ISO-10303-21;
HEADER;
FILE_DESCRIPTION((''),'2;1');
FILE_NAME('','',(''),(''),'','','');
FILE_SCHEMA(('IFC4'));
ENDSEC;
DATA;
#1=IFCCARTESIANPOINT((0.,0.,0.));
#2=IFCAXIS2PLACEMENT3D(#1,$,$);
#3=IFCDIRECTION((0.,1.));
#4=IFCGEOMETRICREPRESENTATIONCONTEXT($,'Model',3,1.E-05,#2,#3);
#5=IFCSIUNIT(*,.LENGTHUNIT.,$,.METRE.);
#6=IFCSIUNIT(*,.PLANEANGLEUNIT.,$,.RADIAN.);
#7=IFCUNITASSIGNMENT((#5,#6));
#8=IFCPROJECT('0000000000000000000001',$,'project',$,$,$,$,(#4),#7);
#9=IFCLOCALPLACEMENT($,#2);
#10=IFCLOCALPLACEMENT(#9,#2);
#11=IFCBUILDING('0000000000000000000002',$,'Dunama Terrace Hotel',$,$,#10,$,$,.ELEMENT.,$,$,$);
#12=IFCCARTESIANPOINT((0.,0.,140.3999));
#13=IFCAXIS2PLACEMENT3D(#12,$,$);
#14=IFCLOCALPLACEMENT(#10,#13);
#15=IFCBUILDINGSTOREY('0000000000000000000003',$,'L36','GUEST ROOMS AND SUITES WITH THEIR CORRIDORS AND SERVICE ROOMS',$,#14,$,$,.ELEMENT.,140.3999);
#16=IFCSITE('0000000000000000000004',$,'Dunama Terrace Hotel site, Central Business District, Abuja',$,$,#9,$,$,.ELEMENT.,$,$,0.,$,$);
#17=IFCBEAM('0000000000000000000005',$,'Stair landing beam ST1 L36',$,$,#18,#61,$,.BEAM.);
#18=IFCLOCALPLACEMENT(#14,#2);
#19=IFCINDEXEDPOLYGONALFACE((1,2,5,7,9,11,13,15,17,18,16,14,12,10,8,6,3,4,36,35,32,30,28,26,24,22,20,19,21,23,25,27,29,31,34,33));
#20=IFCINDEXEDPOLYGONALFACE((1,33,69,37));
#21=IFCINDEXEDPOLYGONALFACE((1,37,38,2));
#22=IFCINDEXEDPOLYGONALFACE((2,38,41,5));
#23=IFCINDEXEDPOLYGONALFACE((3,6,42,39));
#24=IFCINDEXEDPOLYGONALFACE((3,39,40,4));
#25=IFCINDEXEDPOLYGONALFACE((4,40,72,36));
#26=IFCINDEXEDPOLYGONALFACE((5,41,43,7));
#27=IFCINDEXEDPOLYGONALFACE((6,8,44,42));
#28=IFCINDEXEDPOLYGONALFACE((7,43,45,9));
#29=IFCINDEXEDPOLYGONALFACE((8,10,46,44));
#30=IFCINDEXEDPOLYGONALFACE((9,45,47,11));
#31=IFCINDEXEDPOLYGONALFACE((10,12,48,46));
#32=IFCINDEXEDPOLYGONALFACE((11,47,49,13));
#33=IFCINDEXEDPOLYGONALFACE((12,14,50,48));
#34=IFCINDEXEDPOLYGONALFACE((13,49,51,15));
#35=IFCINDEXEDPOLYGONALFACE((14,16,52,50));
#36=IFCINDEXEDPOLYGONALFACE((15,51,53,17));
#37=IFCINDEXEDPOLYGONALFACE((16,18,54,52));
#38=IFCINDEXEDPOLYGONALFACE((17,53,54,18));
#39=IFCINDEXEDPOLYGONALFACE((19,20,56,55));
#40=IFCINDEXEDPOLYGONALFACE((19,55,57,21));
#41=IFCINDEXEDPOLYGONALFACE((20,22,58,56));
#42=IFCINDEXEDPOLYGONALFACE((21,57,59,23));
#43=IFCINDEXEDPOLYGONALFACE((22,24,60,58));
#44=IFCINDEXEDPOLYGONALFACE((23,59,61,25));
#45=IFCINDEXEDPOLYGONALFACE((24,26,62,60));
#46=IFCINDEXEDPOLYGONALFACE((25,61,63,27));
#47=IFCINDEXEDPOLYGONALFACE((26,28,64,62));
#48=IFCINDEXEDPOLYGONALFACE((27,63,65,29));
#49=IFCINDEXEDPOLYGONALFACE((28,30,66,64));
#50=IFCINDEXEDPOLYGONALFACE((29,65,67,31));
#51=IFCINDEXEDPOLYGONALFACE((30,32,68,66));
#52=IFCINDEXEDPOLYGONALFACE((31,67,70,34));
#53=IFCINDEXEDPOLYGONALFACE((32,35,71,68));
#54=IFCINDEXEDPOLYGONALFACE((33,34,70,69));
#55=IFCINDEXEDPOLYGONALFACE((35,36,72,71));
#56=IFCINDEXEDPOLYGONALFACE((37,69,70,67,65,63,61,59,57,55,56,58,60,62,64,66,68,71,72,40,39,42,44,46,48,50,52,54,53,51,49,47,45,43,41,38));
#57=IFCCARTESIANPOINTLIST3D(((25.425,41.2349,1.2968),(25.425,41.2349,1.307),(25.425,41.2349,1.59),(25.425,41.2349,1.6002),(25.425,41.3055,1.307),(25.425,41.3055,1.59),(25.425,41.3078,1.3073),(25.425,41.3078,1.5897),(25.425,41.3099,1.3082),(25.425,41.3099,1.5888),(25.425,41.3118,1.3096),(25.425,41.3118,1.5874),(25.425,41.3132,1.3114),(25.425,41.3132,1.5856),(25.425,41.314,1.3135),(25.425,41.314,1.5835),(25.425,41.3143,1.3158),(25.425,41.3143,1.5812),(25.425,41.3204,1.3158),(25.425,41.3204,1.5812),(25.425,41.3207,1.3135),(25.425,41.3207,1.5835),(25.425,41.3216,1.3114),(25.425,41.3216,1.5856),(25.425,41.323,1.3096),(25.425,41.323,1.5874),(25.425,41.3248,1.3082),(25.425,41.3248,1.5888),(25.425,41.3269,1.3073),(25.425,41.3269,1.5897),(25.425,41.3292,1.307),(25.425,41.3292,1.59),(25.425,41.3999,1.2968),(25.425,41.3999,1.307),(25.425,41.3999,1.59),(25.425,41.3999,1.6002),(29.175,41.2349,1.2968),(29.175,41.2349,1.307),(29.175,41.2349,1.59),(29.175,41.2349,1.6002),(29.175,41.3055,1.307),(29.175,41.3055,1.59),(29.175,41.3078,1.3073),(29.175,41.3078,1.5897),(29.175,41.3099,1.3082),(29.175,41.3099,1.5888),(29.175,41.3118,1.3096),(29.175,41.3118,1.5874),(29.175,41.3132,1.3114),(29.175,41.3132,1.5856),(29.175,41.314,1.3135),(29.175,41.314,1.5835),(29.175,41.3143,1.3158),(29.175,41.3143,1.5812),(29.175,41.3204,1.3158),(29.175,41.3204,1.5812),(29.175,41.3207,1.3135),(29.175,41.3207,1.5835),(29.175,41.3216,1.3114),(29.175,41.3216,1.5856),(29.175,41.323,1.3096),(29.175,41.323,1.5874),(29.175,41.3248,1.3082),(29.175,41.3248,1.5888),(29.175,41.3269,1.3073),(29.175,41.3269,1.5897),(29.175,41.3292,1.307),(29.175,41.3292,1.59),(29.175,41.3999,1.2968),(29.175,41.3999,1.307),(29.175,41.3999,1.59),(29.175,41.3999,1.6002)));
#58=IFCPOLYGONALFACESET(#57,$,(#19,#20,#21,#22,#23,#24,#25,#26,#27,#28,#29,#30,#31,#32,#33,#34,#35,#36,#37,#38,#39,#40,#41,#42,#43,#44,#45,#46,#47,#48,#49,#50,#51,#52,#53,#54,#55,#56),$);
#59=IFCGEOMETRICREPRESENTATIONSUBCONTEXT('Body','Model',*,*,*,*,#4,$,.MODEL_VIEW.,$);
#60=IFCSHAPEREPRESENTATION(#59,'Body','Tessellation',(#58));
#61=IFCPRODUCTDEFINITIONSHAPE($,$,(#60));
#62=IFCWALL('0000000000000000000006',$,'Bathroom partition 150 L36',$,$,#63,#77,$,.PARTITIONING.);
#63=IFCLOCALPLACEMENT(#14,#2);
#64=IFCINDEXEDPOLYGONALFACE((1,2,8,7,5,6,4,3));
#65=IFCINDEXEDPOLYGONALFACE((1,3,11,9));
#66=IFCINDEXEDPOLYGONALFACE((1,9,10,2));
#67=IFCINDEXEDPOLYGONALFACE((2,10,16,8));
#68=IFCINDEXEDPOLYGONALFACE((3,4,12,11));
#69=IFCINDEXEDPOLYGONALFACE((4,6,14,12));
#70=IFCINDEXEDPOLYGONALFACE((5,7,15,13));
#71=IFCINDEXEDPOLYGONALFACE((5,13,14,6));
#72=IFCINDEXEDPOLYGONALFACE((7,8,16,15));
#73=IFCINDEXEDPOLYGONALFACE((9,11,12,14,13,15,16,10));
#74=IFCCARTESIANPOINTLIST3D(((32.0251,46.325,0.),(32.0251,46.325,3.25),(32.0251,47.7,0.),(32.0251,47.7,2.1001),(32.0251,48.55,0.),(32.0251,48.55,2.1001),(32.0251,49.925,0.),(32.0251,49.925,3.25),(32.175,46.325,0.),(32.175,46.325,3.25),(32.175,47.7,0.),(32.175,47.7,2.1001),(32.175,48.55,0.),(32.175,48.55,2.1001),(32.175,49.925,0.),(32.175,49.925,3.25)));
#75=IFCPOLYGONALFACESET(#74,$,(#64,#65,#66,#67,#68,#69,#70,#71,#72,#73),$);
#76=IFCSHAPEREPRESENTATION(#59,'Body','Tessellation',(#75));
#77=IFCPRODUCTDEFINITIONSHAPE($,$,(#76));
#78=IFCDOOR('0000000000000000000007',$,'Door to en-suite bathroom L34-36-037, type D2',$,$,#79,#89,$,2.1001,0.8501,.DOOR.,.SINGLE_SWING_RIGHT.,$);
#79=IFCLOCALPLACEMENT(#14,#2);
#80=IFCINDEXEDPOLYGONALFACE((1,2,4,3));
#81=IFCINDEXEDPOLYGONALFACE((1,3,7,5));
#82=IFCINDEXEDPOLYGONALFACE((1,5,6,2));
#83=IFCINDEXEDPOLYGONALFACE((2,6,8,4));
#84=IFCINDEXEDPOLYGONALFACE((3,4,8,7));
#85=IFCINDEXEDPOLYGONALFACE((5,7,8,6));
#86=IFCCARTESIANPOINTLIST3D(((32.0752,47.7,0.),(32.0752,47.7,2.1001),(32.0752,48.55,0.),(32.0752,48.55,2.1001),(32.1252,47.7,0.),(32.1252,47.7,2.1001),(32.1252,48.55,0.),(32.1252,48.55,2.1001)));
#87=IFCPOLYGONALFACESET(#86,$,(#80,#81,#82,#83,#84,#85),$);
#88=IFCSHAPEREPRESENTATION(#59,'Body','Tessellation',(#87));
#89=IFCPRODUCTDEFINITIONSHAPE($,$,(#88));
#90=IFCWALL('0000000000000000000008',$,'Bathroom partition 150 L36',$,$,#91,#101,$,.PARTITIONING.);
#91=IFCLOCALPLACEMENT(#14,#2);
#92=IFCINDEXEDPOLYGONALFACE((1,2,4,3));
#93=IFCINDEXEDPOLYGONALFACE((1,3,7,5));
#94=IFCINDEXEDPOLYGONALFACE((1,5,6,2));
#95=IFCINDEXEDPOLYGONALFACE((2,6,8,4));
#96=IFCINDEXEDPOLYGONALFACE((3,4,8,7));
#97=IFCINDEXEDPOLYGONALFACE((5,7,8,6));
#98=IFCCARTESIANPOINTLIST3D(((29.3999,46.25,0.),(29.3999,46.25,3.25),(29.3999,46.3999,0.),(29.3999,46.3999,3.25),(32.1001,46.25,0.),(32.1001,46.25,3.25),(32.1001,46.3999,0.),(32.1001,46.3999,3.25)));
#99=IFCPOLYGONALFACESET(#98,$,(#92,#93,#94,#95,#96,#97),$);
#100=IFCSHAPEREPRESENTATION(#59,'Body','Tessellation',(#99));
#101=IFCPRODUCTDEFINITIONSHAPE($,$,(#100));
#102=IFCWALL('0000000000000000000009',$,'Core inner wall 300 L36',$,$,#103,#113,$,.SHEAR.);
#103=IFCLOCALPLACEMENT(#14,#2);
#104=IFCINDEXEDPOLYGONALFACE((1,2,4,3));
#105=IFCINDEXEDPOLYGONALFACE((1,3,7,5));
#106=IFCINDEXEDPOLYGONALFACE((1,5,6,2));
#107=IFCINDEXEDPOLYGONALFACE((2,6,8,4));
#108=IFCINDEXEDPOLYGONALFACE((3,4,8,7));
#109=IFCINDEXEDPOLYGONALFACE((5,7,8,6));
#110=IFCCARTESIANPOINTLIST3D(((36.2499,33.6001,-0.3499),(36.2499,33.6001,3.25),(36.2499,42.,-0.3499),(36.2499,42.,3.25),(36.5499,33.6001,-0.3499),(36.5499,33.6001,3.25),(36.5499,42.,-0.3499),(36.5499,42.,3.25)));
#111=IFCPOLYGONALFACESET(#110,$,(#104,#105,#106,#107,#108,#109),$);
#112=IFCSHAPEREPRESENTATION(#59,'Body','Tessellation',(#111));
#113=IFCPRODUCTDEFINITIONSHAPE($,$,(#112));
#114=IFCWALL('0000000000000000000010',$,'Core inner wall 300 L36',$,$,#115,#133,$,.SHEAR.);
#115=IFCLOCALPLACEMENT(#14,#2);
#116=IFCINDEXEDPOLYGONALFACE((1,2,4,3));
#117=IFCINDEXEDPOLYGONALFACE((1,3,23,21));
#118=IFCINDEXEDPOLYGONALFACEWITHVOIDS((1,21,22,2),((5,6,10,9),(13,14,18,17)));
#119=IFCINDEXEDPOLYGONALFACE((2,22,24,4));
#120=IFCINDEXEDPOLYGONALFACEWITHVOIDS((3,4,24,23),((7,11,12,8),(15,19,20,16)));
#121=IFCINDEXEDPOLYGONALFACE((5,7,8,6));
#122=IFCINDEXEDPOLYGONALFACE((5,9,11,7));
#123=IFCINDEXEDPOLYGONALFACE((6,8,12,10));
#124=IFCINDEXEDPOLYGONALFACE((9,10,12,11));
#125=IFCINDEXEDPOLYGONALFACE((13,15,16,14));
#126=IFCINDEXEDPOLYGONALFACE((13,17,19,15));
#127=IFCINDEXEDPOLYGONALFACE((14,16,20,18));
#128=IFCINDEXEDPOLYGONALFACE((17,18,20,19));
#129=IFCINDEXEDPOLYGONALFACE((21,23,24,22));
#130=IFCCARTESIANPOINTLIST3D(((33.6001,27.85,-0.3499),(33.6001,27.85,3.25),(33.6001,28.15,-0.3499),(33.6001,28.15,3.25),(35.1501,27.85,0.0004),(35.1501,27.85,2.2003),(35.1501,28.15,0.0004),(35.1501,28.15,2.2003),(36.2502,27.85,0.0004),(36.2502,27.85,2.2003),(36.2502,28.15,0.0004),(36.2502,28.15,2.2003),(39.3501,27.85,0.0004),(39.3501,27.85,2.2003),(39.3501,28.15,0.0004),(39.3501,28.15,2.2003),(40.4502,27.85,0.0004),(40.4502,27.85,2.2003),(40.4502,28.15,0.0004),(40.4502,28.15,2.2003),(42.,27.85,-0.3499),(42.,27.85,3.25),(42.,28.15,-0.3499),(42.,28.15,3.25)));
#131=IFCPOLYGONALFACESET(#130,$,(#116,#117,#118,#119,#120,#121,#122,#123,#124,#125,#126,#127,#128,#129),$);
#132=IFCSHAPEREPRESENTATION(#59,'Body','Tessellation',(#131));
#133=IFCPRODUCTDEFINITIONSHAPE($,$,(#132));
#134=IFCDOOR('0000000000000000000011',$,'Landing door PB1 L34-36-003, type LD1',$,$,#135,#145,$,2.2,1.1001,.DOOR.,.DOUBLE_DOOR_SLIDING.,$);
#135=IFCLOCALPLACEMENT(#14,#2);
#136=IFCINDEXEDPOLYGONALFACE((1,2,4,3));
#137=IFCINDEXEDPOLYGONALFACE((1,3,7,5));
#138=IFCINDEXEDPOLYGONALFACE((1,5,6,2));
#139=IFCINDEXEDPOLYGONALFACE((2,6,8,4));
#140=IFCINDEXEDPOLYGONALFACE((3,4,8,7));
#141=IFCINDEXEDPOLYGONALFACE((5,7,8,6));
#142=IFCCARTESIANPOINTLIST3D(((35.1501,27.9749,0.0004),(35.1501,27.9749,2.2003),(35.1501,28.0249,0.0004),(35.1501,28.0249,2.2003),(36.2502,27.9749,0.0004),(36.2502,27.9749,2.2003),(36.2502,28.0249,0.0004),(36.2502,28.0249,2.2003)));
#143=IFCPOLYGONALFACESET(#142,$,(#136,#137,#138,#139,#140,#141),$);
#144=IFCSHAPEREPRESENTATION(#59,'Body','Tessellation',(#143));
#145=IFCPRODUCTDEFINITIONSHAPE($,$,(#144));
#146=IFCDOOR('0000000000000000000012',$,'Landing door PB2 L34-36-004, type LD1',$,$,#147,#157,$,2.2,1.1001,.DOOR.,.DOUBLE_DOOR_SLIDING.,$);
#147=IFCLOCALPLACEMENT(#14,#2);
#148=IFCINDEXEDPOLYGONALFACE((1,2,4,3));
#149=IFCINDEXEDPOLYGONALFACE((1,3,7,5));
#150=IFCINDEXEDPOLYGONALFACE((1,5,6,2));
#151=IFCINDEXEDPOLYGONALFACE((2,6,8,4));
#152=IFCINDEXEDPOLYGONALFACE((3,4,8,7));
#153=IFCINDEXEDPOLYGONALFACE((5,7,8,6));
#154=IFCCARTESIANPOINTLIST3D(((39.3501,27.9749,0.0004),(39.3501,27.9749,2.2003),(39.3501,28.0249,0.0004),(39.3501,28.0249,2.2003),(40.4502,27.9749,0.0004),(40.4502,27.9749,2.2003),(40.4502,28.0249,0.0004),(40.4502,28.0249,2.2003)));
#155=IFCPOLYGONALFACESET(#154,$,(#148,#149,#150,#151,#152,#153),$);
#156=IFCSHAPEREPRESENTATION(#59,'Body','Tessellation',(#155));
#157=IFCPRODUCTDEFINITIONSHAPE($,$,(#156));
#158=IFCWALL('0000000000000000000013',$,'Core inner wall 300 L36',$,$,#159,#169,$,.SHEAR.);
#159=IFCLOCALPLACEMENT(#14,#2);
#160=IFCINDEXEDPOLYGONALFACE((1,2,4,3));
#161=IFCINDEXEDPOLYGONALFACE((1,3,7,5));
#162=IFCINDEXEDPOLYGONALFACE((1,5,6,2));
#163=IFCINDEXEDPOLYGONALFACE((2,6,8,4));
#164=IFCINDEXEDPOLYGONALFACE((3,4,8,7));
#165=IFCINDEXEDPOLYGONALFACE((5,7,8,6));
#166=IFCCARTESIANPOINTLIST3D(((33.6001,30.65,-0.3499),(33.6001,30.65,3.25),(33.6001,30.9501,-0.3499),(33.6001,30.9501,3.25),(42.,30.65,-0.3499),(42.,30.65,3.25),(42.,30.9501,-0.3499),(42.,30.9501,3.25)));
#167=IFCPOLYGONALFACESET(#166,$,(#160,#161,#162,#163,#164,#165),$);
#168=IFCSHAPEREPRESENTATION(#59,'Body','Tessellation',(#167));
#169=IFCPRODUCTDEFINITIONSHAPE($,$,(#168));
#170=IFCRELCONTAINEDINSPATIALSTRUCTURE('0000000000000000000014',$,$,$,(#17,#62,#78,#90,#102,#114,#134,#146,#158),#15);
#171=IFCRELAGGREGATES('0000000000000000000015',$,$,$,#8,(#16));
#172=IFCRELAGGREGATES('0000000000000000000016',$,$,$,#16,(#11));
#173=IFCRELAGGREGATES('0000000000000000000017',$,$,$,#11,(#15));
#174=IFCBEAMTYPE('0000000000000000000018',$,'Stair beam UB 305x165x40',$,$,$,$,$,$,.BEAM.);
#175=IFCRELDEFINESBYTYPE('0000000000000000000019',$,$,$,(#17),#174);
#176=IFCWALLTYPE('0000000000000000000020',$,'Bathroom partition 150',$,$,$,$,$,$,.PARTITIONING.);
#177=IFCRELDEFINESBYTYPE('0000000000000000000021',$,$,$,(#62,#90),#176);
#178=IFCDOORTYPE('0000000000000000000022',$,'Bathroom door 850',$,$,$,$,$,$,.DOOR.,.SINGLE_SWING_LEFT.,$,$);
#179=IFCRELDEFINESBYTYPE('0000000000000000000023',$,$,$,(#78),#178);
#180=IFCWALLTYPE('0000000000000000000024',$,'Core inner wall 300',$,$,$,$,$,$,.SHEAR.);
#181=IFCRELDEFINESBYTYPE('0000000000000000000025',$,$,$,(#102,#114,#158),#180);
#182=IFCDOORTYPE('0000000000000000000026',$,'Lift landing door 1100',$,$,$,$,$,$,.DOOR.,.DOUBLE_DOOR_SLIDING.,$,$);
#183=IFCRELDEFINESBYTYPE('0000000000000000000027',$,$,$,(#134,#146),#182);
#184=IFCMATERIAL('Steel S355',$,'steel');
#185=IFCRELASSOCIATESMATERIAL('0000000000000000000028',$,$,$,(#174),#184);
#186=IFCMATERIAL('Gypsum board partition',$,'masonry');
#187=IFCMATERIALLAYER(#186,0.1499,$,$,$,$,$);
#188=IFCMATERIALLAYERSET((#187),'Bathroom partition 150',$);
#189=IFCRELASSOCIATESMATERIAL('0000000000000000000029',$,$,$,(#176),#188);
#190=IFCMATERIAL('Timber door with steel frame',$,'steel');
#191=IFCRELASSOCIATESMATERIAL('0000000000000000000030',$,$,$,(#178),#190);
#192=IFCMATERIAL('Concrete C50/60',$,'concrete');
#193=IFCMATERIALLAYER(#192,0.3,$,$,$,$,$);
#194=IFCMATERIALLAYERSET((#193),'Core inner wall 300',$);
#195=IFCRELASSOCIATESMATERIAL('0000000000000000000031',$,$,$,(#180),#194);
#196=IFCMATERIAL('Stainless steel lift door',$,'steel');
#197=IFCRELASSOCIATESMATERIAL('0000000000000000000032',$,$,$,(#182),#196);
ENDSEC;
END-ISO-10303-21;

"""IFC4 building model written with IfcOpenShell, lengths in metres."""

from ifc_helpers import new_model, si_unit, direction, frame, frame_2d, origin, origin_2d, place, context, subcontext, project, spatial, rectangle, i_section, extrude, material, layer, layer_set, material_profile, profile_set, type_object, element, fill, save


model = new_model("IFC4")

# Units and contexts
model_context = context("Model", 3, precision=1e-05, world=origin(), true_north=direction((0.0, 1.0)))
body_context = subcontext(model_context, "Body", "Model", "MODEL_VIEW")
ifc_project = project(units=[si_unit("LENGTHUNIT", "METRE"), si_unit("PLANEANGLEUNIT", "RADIAN")], contexts=[model_context])

# Site, building, storey
site_placement = place(None, origin())
site = spatial("IfcSite", under=ifc_project, at=site_placement, Name="Dunama Terrace Hotel site, Central Business District, Abuja", CompositionType="ELEMENT", RefElevation=0.0)
building_placement = place(site_placement, origin())
building = spatial("IfcBuilding", under=site, at=building_placement, Name="Dunama Terrace Hotel", CompositionType="ELEMENT")
storey_placement = place(building_placement, frame((0.0, 0.0, 140.3999)))
storey = spatial("IfcBuildingStorey", under=building, at=storey_placement, Name="L36", Description="GUEST ROOMS AND SUITES WITH THEIR CORRIDORS AND SERVICE ROOMS", CompositionType="ELEMENT", Elevation=140.3999)

# Beam
ifc_material_1 = material(Name="Steel S355", Category="steel")
ifc_material_profile = material_profile(ifc_material_1, i_section(OverallWidth=0.165, OverallDepth=0.3035, WebThickness=0.0061, FlangeThickness=0.0103, FilletRadius=0.0088, at=origin_2d()), Name="UB 305x165x40")
ifc_profile_set = profile_set([ifc_material_profile], Name="Steel S355")
beam_type = type_object("IfcBeamType", Name="Stair beam UB 305x165x40", PredefinedType="BEAM", material=ifc_profile_set)
beam_placement = place(storey_placement, frame((25.425, 41.3174, 1.4485), z_axis=(1.0, 0.0, 0.0), x_axis=(0.0, 1.0, 0.0)))
element("IfcBeam", 1, at=beam_placement, inside=storey, type_object=beam_type, Name="Stair landing beam ST1 L36", PredefinedType="BEAM", context=body_context, shape_type="SweptSolid", body=[
    extrude(i_section(OverallWidth=0.165, OverallDepth=0.3035, WebThickness=0.0061, FlangeThickness=0.0103, FilletRadius=0.0088, at=origin_2d()), origin(), (0.0, 0.0, 1.0), 3.75),
])

# Wall, opening, door
ifc_material_2 = material(Name="Gypsum board partition", Category="masonry")
ifc_layer_1 = layer(ifc_material_2, 0.1499)
ifc_layer_set_1 = layer_set([ifc_layer_1], Name="Bathroom partition 150")
wall_type_1 = type_object("IfcWallType", Name="Bathroom partition 150", PredefinedType="PARTITIONING", material=ifc_layer_set_1)
wall_1_placement = place(storey_placement, frame((32.1001, 46.325, 0.0), z_axis=(0.0, 0.0, 1.0), x_axis=(0.0, 1.0, 0.0)))
wall_1 = element("IfcWall", 2, at=wall_1_placement, inside=storey, type_object=wall_type_1, Name="Bathroom partition 150 L36", PredefinedType="PARTITIONING", context=body_context, shape_type="SweptSolid", body=[
    extrude(rectangle(XDim=3.6001, YDim=0.1499, at=frame_2d((1.8, 0.0))), origin(), (0.0, 0.0, 1.0), 3.25),
])
opening_1_placement = place(wall_1_placement, frame((1.375, 0.0, 0.0)))
opening_1 = element("IfcOpeningElement", 3, at=opening_1_placement, cuts=wall_1, PredefinedType="OPENING", context=body_context, shape_type="SweptSolid", body=[
    extrude(rectangle(XDim=0.8501, YDim=2.1001, at=frame_2d((0.425, 1.05))), frame((0.0, 0.085, 0.0), z_axis=(0.0, -1.0, 0.0), x_axis=(1.0, 0.0, 0.0)), (0.0, 0.0, 1.0), 0.1699),
])
ifc_material_3 = material(Name="Timber door with steel frame", Category="steel")
door_type_1 = type_object("IfcDoorType", Name="Bathroom door 850", OperationType="SINGLE_SWING_LEFT", PredefinedType="DOOR", material=ifc_material_3)
door_1_placement = place(opening_1_placement, origin())
door_1 = element("IfcDoor", 4, at=door_1_placement, inside=storey, type_object=door_type_1, Name="Door to en-suite bathroom L34-36-037, type D2", OperationType="SINGLE_SWING_RIGHT", OverallHeight=2.1001, OverallWidth=0.8501, PredefinedType="DOOR", context=body_context, shape_type="SweptSolid", body=[
    extrude(rectangle(XDim=0.8501, YDim=2.1001, at=frame_2d((0.425, 1.05))), frame((0.0, 0.0249, 0.0), z_axis=(0.0, -1.0, 0.0), x_axis=(1.0, 0.0, 0.0)), (0.0, 0.0, 1.0), 0.05),
])
fill(opening_1, door_1)

# Walls
wall_2_placement = place(storey_placement, frame((29.3999, 46.325, 0.0), z_axis=(0.0, 0.0, 1.0), x_axis=(1.0, 0.0, 0.0)))
element("IfcWall", 5, at=wall_2_placement, inside=storey, type_object=wall_type_1, Name="Bathroom partition 150 L36", PredefinedType="PARTITIONING", context=body_context, shape_type="SweptSolid", body=[
    extrude(rectangle(XDim=2.7002, YDim=0.1499, at=frame_2d((1.3501, 0.0))), origin(), (0.0, 0.0, 1.0), 3.25),
])
ifc_material_4 = material(Name="Concrete C50/60", Category="concrete")
ifc_layer_2 = layer(ifc_material_4, 0.3)
ifc_layer_set_2 = layer_set([ifc_layer_2], Name="Core inner wall 300")
wall_type_2 = type_object("IfcWallType", Name="Core inner wall 300", PredefinedType="SHEAR", material=ifc_layer_set_2)
wall_3_placement = place(storey_placement, frame((36.3999, 33.6001, -0.3499), z_axis=(0.0, 0.0, 1.0), x_axis=(0.0, 1.0, 0.0)))
element("IfcWall", 6, at=wall_3_placement, inside=storey, type_object=wall_type_2, Name="Core inner wall 300 L36", PredefinedType="SHEAR", context=body_context, shape_type="SweptSolid", body=[
    extrude(rectangle(XDim=8.3999, YDim=0.3, at=frame_2d((4.2, 0.0))), origin(), (0.0, 0.0, 1.0), 3.5999),
])

# Wall, openings, doors
wall_4_placement = place(storey_placement, frame((33.6001, 28.0, -0.3499), z_axis=(0.0, 0.0, 1.0), x_axis=(1.0, 0.0, 0.0)))
wall_4 = element("IfcWall", 7, at=wall_4_placement, inside=storey, type_object=wall_type_2, Name="Core inner wall 300 L36", PredefinedType="SHEAR", context=body_context, shape_type="SweptSolid", body=[
    extrude(rectangle(XDim=8.3999, YDim=0.3, at=frame_2d((4.2, 0.0))), origin(), (0.0, 0.0, 1.0), 3.5999),
])
opening_2_placement = place(wall_4_placement, frame((1.55, 0.0, 0.3501)))
opening_2 = element("IfcOpeningElement", 8, at=opening_2_placement, cuts=wall_4, PredefinedType="OPENING", context=body_context, shape_type="SweptSolid", body=[
    extrude(rectangle(XDim=1.1001, YDim=2.2, at=frame_2d((0.55, 1.1001))), frame((0.0, 0.1599, 0.0), z_axis=(0.0, -1.0, 0.0), x_axis=(1.0, 0.0, 0.0)), (0.0, 0.0, 1.0), 0.3201),
])
opening_3_placement = place(wall_4_placement, frame((5.75, 0.0, 0.3501)))
opening_3 = element("IfcOpeningElement", 9, at=opening_3_placement, cuts=wall_4, PredefinedType="OPENING", context=body_context, shape_type="SweptSolid", body=[
    extrude(rectangle(XDim=1.1001, YDim=2.2, at=frame_2d((0.55, 1.1001))), frame((0.0, 0.1599, 0.0), z_axis=(0.0, -1.0, 0.0), x_axis=(1.0, 0.0, 0.0)), (0.0, 0.0, 1.0), 0.3201),
])
ifc_material_5 = material(Name="Stainless steel lift door", Category="steel")
door_type_2 = type_object("IfcDoorType", Name="Lift landing door 1100", OperationType="DOUBLE_DOOR_SLIDING", PredefinedType="DOOR", material=ifc_material_5)
door_2_placement = place(opening_2_placement, origin())
door_2 = element("IfcDoor", 10, at=door_2_placement, inside=storey, type_object=door_type_2, Name="Landing door PB1 L34-36-003, type LD1", OperationType="DOUBLE_DOOR_SLIDING", OverallHeight=2.2, OverallWidth=1.1001, PredefinedType="DOOR", context=body_context, shape_type="SweptSolid", body=[
    extrude(rectangle(XDim=1.1001, YDim=2.2, at=frame_2d((0.55, 1.1001))), frame((0.0, 0.0249, 0.0), z_axis=(0.0, -1.0, 0.0), x_axis=(1.0, 0.0, 0.0)), (0.0, 0.0, 1.0), 0.05),
])
fill(opening_2, door_2)
door_3_placement = place(opening_3_placement, origin())
door_3 = element("IfcDoor", 11, at=door_3_placement, inside=storey, type_object=door_type_2, Name="Landing door PB2 L34-36-004, type LD1", OperationType="DOUBLE_DOOR_SLIDING", OverallHeight=2.2, OverallWidth=1.1001, PredefinedType="DOOR", context=body_context, shape_type="SweptSolid", body=[
    extrude(rectangle(XDim=1.1001, YDim=2.2, at=frame_2d((0.55, 1.1001))), frame((0.0, 0.0249, 0.0), z_axis=(0.0, -1.0, 0.0), x_axis=(1.0, 0.0, 0.0)), (0.0, 0.0, 1.0), 0.05),
])
fill(opening_3, door_3)

# Wall
wall_5_placement = place(storey_placement, frame((33.6001, 30.8, -0.3499), z_axis=(0.0, 0.0, 1.0), x_axis=(1.0, 0.0, 0.0)))
element("IfcWall", 12, at=wall_5_placement, inside=storey, type_object=wall_type_2, Name="Core inner wall 300 L36", PredefinedType="SHEAR", context=body_context, shape_type="SweptSolid", body=[
    extrude(rectangle(XDim=8.3999, YDim=0.3, at=frame_2d((4.2, 0.0))), origin(), (0.0, 0.0, 1.0), 3.5999),
])

save(model, "model.ifc")
